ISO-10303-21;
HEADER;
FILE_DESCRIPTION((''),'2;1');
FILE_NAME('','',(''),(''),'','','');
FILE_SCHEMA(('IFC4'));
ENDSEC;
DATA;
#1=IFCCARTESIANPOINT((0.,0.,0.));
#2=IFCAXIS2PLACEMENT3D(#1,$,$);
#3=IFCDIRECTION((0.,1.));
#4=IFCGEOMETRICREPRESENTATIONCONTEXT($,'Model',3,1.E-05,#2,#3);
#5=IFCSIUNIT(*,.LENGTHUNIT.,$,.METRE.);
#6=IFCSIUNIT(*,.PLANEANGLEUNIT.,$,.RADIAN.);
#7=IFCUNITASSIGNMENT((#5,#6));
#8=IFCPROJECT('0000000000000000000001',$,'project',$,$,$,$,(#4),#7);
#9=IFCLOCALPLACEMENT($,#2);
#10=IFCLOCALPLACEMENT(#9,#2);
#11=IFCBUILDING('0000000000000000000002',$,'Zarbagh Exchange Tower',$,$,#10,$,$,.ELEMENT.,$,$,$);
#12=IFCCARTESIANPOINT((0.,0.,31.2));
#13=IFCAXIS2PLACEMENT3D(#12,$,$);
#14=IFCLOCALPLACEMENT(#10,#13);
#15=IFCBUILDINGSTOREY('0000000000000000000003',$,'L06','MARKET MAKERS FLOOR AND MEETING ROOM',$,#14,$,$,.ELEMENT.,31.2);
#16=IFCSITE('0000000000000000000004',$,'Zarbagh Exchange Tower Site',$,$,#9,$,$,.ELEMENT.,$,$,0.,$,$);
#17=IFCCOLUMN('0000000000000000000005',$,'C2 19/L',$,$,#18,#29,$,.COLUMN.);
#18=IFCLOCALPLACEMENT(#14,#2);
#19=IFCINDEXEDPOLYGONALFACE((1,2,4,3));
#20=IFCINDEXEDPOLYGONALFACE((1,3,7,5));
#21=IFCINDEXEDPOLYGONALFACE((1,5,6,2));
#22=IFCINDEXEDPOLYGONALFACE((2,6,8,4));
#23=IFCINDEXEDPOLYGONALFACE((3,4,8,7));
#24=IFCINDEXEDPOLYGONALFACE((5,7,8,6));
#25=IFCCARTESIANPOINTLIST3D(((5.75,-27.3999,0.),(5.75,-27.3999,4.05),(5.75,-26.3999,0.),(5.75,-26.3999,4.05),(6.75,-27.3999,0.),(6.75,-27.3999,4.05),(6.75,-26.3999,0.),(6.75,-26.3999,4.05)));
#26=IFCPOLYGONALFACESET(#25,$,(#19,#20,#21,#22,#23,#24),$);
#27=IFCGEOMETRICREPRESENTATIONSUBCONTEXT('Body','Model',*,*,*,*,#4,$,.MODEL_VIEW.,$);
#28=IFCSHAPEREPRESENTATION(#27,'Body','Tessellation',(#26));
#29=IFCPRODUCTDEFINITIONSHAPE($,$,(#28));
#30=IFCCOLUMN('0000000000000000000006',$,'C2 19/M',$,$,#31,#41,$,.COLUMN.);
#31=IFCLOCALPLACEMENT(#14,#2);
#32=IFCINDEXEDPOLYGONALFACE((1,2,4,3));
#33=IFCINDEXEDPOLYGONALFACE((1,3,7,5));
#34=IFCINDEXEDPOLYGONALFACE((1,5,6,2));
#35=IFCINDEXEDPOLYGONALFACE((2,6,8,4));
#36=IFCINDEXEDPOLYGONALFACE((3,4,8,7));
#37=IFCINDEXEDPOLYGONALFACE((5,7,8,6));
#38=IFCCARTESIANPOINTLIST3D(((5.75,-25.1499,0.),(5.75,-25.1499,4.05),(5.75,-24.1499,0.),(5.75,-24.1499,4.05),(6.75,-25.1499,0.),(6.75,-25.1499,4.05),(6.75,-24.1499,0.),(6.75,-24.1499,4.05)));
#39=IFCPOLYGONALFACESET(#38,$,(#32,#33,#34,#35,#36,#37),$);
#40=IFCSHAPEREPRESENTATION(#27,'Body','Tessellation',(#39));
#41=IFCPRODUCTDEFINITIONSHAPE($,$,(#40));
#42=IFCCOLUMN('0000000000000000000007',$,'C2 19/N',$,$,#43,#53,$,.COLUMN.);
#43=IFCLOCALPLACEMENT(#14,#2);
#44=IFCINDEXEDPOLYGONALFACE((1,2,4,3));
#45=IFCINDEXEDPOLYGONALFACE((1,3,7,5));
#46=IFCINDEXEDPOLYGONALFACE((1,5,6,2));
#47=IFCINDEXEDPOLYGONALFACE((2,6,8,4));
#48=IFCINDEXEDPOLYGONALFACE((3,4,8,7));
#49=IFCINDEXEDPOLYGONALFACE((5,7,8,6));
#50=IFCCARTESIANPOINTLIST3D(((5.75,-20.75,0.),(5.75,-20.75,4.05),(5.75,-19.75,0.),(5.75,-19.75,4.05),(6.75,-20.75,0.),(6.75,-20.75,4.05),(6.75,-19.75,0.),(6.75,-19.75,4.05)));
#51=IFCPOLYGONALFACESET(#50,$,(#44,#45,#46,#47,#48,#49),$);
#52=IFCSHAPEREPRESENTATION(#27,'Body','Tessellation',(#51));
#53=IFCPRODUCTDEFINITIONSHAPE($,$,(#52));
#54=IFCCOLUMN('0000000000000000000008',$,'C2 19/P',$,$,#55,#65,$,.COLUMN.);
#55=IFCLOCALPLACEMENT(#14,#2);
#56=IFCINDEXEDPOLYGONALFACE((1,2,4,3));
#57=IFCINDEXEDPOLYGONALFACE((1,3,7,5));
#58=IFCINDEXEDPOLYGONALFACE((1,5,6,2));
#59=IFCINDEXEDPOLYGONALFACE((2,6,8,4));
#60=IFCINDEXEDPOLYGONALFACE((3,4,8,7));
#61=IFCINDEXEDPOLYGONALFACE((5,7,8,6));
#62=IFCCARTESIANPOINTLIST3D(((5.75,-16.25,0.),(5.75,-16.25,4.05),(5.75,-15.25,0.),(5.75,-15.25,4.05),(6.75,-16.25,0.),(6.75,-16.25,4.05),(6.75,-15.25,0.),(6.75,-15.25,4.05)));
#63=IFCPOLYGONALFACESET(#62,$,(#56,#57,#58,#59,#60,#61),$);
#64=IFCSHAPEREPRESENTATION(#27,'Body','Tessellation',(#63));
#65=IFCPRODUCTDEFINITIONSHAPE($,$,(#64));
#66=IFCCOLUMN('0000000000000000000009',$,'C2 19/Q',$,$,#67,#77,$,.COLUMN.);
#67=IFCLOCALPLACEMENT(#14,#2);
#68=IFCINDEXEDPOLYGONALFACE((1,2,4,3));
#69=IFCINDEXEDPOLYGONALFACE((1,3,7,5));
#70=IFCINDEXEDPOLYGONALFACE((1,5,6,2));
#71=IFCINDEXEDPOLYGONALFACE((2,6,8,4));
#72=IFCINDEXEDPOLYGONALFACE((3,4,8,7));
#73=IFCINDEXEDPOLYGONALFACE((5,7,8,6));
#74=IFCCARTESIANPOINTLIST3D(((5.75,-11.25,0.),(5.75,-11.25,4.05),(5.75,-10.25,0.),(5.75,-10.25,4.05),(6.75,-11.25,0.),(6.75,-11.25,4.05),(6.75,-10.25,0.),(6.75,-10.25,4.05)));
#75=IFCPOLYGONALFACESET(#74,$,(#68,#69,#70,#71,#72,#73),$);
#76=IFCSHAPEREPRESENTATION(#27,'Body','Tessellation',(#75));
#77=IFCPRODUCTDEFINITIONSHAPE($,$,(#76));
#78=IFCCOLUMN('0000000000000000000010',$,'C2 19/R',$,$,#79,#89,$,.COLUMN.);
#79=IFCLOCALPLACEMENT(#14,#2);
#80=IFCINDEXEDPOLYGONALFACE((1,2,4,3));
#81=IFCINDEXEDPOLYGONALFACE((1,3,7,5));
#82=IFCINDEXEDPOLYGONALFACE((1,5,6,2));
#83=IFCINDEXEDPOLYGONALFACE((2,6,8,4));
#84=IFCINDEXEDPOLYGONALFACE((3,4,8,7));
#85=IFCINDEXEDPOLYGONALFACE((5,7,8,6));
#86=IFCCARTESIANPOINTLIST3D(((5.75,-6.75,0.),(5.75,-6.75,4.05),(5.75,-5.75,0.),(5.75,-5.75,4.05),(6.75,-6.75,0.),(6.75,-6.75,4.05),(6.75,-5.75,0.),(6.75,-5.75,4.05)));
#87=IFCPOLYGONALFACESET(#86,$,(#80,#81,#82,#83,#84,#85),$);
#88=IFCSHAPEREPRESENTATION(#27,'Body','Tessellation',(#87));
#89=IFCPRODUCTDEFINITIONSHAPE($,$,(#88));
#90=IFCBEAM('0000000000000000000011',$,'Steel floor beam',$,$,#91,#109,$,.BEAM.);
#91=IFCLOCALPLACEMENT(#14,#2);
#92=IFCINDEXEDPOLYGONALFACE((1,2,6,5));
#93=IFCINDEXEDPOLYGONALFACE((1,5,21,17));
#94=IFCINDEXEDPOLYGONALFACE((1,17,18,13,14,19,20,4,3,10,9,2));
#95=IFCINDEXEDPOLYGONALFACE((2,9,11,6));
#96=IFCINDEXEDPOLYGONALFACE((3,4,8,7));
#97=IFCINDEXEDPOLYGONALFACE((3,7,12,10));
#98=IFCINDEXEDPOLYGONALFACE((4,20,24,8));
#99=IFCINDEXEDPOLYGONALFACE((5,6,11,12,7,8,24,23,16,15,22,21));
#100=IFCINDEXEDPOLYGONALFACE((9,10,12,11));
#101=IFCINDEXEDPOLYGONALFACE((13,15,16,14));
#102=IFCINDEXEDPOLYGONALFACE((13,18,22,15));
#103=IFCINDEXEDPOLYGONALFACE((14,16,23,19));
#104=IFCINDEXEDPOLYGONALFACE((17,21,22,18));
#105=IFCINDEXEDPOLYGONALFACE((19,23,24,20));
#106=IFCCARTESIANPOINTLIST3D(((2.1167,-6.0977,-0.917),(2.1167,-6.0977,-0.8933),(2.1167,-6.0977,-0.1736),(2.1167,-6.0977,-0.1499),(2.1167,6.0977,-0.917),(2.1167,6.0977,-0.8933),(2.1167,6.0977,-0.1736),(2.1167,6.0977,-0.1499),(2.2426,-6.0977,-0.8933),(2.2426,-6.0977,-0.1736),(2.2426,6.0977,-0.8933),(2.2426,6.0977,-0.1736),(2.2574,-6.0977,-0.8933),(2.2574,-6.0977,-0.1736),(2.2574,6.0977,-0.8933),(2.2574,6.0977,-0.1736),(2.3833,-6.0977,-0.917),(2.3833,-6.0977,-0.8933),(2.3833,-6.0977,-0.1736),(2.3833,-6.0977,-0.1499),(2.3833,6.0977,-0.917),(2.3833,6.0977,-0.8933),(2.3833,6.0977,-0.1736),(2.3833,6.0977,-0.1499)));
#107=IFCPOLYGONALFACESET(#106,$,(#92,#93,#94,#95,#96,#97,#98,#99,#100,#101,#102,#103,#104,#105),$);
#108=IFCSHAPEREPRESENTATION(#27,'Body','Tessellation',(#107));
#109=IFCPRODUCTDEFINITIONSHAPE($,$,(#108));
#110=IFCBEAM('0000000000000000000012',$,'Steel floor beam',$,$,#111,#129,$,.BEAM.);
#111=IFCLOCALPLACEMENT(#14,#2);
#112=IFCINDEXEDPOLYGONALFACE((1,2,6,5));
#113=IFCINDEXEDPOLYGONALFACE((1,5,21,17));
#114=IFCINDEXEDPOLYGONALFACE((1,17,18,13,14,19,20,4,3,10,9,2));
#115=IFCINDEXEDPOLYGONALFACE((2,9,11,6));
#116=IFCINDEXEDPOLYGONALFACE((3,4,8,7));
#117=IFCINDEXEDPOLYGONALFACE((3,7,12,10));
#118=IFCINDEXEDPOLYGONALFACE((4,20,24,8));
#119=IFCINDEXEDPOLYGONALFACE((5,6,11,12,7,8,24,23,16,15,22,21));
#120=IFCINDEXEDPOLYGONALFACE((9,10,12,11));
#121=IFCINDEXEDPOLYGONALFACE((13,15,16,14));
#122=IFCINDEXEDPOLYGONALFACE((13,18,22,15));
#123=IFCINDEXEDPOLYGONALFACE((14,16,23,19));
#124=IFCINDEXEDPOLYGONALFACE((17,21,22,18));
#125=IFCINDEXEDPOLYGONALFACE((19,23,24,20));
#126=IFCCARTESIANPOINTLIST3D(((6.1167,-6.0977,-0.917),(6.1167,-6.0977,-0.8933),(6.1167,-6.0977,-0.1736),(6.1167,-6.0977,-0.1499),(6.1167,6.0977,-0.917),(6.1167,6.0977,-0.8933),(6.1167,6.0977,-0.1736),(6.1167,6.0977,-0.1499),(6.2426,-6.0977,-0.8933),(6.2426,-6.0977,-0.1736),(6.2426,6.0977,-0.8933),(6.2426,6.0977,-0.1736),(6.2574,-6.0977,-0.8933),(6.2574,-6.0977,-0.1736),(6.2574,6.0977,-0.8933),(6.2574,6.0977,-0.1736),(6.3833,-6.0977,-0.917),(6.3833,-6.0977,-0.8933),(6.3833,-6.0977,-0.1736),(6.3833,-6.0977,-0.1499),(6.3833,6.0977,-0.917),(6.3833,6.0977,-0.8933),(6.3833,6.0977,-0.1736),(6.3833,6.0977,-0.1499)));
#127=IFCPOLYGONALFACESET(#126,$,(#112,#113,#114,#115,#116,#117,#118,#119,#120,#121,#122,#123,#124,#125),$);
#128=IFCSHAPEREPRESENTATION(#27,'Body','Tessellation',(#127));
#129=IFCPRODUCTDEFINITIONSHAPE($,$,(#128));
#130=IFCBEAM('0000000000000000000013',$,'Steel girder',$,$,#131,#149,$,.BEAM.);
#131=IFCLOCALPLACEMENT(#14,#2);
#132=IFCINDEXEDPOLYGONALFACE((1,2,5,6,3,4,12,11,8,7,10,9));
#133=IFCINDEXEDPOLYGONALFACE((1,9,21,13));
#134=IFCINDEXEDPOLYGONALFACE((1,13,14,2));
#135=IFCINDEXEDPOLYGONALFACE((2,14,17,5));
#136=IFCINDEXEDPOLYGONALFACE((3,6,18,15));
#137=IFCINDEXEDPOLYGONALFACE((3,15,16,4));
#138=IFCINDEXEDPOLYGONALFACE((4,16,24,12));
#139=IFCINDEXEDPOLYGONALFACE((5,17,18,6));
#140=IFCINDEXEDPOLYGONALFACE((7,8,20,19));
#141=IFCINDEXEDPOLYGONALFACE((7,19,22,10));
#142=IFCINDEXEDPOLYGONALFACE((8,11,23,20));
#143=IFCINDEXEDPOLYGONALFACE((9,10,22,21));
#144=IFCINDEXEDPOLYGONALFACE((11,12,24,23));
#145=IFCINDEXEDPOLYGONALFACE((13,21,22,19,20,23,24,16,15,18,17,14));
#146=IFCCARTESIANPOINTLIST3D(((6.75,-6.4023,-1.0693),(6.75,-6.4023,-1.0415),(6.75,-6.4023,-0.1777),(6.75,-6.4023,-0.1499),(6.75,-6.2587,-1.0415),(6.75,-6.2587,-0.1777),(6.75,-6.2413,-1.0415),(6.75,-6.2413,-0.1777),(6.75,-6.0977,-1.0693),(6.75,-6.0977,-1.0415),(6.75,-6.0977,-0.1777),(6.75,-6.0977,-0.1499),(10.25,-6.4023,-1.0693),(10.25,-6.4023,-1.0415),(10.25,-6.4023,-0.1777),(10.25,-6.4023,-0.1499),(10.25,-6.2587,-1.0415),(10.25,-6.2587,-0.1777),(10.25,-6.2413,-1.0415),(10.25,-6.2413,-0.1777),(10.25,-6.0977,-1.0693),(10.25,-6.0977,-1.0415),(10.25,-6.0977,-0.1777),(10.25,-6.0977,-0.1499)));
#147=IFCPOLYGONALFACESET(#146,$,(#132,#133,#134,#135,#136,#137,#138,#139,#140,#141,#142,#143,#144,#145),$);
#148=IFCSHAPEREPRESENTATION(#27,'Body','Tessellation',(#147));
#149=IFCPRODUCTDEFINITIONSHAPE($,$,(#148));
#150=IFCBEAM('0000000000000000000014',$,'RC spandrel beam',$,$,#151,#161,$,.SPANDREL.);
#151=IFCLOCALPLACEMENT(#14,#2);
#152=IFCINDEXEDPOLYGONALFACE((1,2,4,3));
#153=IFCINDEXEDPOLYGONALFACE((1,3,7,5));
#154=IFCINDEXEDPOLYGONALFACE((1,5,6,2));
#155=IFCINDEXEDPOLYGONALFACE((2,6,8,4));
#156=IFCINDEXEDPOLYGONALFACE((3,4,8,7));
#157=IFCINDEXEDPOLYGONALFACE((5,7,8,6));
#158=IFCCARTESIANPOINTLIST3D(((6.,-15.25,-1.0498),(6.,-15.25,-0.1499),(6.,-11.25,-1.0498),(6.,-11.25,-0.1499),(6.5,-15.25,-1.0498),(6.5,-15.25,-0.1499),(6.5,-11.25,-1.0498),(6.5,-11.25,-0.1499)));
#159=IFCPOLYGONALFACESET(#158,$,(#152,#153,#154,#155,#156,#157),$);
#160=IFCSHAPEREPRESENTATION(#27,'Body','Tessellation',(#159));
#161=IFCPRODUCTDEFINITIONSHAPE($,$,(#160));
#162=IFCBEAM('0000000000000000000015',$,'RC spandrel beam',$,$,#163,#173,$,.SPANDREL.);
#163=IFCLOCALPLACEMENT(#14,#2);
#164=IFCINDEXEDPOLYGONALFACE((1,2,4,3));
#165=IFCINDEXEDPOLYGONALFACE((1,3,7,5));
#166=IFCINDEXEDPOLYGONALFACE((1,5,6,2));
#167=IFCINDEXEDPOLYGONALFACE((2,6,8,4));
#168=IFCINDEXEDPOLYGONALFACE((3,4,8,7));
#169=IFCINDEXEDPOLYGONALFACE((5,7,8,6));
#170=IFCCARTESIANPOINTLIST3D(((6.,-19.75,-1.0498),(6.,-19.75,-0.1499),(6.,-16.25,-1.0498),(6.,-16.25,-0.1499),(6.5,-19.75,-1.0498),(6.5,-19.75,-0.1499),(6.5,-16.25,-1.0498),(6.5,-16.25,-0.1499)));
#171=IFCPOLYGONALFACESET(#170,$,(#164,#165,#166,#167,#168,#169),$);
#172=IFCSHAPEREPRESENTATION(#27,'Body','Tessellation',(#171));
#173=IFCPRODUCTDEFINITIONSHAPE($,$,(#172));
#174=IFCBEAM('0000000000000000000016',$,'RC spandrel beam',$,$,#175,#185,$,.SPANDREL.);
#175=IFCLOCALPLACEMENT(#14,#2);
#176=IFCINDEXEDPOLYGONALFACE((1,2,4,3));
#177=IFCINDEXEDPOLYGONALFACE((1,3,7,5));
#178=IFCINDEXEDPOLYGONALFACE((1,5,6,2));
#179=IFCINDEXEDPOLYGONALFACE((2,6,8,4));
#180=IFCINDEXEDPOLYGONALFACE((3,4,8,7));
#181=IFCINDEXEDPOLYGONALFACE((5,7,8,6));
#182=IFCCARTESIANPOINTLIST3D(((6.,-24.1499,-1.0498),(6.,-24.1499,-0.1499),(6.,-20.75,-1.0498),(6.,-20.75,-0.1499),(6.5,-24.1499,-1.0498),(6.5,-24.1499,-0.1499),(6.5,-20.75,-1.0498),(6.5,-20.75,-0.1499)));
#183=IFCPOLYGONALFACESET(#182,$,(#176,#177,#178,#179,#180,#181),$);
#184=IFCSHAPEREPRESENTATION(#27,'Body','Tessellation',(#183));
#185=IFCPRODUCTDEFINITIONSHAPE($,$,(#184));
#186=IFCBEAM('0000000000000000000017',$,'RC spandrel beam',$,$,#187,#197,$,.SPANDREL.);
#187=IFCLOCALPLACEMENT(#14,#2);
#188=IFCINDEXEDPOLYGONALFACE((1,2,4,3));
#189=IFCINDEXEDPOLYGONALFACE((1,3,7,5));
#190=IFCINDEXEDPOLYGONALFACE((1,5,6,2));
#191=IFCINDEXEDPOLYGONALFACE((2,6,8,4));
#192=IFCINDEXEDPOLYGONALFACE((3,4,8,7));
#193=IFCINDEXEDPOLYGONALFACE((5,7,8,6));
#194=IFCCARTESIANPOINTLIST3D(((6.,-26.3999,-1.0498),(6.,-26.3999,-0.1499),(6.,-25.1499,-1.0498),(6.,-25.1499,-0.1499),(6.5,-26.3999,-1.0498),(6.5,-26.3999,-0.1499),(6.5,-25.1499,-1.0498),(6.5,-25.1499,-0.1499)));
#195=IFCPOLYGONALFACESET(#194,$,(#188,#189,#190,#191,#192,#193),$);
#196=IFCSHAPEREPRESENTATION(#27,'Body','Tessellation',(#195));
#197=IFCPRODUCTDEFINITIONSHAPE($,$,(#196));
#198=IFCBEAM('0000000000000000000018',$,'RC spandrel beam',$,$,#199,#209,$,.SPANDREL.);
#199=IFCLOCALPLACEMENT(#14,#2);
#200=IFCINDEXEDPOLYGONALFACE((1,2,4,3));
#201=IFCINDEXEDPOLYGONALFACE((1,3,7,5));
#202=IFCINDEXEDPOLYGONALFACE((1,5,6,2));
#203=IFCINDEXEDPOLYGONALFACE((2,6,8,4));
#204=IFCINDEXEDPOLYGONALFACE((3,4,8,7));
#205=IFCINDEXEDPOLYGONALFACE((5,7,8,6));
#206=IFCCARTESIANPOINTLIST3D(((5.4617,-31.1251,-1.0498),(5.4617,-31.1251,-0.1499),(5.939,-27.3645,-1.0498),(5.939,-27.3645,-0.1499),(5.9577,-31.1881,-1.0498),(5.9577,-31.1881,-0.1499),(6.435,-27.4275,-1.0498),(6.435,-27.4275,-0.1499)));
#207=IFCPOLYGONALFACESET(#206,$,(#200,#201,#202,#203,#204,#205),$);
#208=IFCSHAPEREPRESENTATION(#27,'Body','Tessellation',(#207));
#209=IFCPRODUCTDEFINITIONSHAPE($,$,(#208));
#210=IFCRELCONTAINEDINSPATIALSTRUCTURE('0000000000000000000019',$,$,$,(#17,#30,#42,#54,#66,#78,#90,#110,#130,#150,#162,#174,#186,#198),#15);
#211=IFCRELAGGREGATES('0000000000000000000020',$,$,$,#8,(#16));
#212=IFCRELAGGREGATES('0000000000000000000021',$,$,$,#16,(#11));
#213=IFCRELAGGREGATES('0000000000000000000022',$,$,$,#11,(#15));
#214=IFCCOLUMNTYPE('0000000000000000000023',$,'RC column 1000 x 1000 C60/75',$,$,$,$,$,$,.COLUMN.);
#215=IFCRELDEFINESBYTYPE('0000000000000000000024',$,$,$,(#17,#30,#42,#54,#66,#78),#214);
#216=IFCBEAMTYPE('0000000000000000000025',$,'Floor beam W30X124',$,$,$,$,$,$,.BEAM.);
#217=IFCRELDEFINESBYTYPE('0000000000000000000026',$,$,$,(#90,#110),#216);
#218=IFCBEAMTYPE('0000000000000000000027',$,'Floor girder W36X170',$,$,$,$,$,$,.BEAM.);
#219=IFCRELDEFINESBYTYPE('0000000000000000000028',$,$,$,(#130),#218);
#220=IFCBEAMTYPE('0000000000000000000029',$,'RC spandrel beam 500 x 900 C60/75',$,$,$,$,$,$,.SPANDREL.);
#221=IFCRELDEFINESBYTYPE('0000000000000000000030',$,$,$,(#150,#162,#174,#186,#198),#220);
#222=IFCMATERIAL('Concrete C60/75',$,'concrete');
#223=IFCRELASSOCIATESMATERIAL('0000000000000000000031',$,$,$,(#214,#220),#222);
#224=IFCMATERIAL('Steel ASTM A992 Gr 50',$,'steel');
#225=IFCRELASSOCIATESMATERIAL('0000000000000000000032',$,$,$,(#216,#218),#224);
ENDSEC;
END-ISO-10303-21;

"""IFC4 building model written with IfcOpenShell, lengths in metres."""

from ifc_helpers import new_model, si_unit, direction, frame, origin, origin_2d, place, context, subcontext, project, spatial, rectangle, i_section, extrude, material, material_profile, profile_set, type_object, element, save


model = new_model("IFC4")

# Units and contexts
model_context = context("Model", 3, precision=1e-05, world=origin(), true_north=direction((0.0, 1.0)))
body_context = subcontext(model_context, "Body", "Model", "MODEL_VIEW")
ifc_project = project(units=[si_unit("LENGTHUNIT", "METRE"), si_unit("PLANEANGLEUNIT", "RADIAN")], contexts=[model_context])

# Site, building, storey
site_placement = place(None, origin())
site = spatial("IfcSite", under=ifc_project, at=site_placement, Name="Zarbagh Exchange Tower Site", CompositionType="ELEMENT", RefElevation=0.0)
building_placement = place(site_placement, origin())
building = spatial("IfcBuilding", under=site, at=building_placement, Name="Zarbagh Exchange Tower", CompositionType="ELEMENT")
storey_placement = place(building_placement, frame((0.0, 0.0, 31.2)))
storey = spatial("IfcBuildingStorey", under=building, at=storey_placement, Name="L06", Description="MARKET MAKERS FLOOR AND MEETING ROOM", CompositionType="ELEMENT", Elevation=31.2)

# Columns
ifc_material_1 = material(Name="Concrete C60/75", Category="concrete")
ifc_material_profile_1 = material_profile(ifc_material_1, rectangle(XDim=1.0, YDim=1.0, at=origin_2d()), Name="RC column 1000 x 1000 C60/75")
ifc_profile_set_1 = profile_set([ifc_material_profile_1], Name="Concrete C60/75")
column_type = type_object("IfcColumnType", Name="RC column 1000 x 1000 C60/75", PredefinedType="COLUMN", material=ifc_profile_set_1)
for number, where, z_axis, x_axis, name in (
    (1, (6.25, -26.8999, 0.0), (0.0, 0.0, 1.0), (1.0, 0.0, 0.0), "C2 19/L"),
    (2, (6.25, -24.6499, 0.0), (0.0, 0.0, 1.0), (1.0, 0.0, 0.0), "C2 19/M"),
    (3, (6.25, -20.25, 0.0), (0.0, 0.0, 1.0), (1.0, 0.0, 0.0), "C2 19/N"),
    (4, (6.25, -15.75, 0.0), (0.0, 0.0, 1.0), (1.0, 0.0, 0.0), "C2 19/P"),
    (5, (6.25, -10.75, 0.0), (0.0, 0.0, 1.0), (1.0, 0.0, 0.0), "C2 19/Q"),
    (6, (6.25, -6.25, 0.0), (0.0, 0.0, 1.0), (1.0, 0.0, 0.0), "C2 19/R"),
):
    element("IfcColumn", number, at=place(storey_placement, frame(where, z_axis=z_axis, x_axis=x_axis)), inside=storey, type_object=column_type, Name=name, PredefinedType="COLUMN", context=body_context, shape_type="SweptSolid", body=[
        extrude(rectangle(XDim=1.0, YDim=1.0, at=origin_2d()), origin(), (0.0, 0.0, 1.0), 4.05),
    ])

# Beams
ifc_material_2 = material(Name="Steel ASTM A992 Gr 50", Category="steel")
ifc_material_profile_2 = material_profile(ifc_material_2, i_section(OverallWidth=0.2666, OverallDepth=0.7671, WebThickness=0.0149, FlangeThickness=0.0237, at=origin_2d()), Name="W30X124")
ifc_profile_set_2 = profile_set([ifc_material_profile_2], Name="Steel ASTM A992 Gr 50")
beam_type_1 = type_object("IfcBeamType", Name="Floor beam W30X124", PredefinedType="BEAM", material=ifc_profile_set_2)
for number, where, z_axis, x_axis, name in (
    (7, (2.25, -6.0977, -0.5334), (0.0, 1.0, 0.0), (-1.0, 0.0, 0.0), "Steel floor beam"),
    (8, (6.25, -6.0977, -0.5334), (0.0, 1.0, 0.0), (-1.0, 0.0, 0.0), "Steel floor beam"),
):
    element("IfcBeam", number, at=place(storey_placement, frame(where, z_axis=z_axis, x_axis=x_axis)), inside=storey, type_object=beam_type_1, Name=name, PredefinedType="BEAM", context=body_context, shape_type="SweptSolid", body=[
        extrude(i_section(OverallWidth=0.2666, OverallDepth=0.7671, WebThickness=0.0149, FlangeThickness=0.0237, at=origin_2d()), origin(), (0.0, 0.0, 1.0), 12.1953),
    ])
ifc_material_profile_3 = material_profile(ifc_material_2, i_section(OverallWidth=0.3047, OverallDepth=0.9194, WebThickness=0.0173, FlangeThickness=0.0278, at=origin_2d()), Name="W36X170")
ifc_profile_set_3 = profile_set([ifc_material_profile_3], Name="Steel ASTM A992 Gr 50")
beam_type_2 = type_object("IfcBeamType", Name="Floor girder W36X170", PredefinedType="BEAM", material=ifc_profile_set_3)
beam_1_placement = place(storey_placement, frame((6.75, -6.25, -0.6096), z_axis=(1.0, 0.0, 0.0), x_axis=(0.0, 1.0, 0.0)))
element("IfcBeam", 9, at=beam_1_placement, inside=storey, type_object=beam_type_2, Name="Steel girder", PredefinedType="BEAM", context=body_context, shape_type="SweptSolid", body=[
    extrude(i_section(OverallWidth=0.3047, OverallDepth=0.9194, WebThickness=0.0173, FlangeThickness=0.0278, at=origin_2d()), origin(), (0.0, 0.0, 1.0), 3.5),
])
ifc_material_profile_4 = material_profile(ifc_material_1, rectangle(XDim=0.5, YDim=0.8999, at=origin_2d()), Name="RC spandrel beam 500 x 900 C60/75")
ifc_profile_set_4 = profile_set([ifc_material_profile_4], Name="Concrete C60/75")
beam_type_3 = type_object("IfcBeamType", Name="RC spandrel beam 500 x 900 C60/75", PredefinedType="SPANDREL", material=ifc_profile_set_4)
beam_2_placement = place(storey_placement, frame((6.25, -11.25, -0.5999), z_axis=(0.0, -1.0, 0.0), x_axis=(1.0, 0.0, 0.0)))
element("IfcBeam", 10, at=beam_2_placement, inside=storey, type_object=beam_type_3, Name="RC spandrel beam", PredefinedType="SPANDREL", context=body_context, shape_type="SweptSolid", body=[
    extrude(rectangle(XDim=0.5, YDim=0.8999, at=origin_2d()), origin(), (0.0, 0.0, 1.0), 4.0),
])
beam_3_placement = place(storey_placement, frame((6.25, -16.25, -0.5999), z_axis=(0.0, -1.0, 0.0), x_axis=(1.0, 0.0, 0.0)))
element("IfcBeam", 11, at=beam_3_placement, inside=storey, type_object=beam_type_3, Name="RC spandrel beam", PredefinedType="SPANDREL", context=body_context, shape_type="SweptSolid", body=[
    extrude(rectangle(XDim=0.5, YDim=0.8999, at=origin_2d()), origin(), (0.0, 0.0, 1.0), 3.5),
])
beam_4_placement = place(storey_placement, frame((6.25, -20.75, -0.5999), z_axis=(0.0, -1.0, 0.0), x_axis=(1.0, 0.0, 0.0)))
element("IfcBeam", 12, at=beam_4_placement, inside=storey, type_object=beam_type_3, Name="RC spandrel beam", PredefinedType="SPANDREL", context=body_context, shape_type="SweptSolid", body=[
    extrude(rectangle(XDim=0.5, YDim=0.8999, at=origin_2d()), origin(), (0.0, 0.0, 1.0), 3.3999),
])
beam_5_placement = place(storey_placement, frame((6.25, -25.1499, -0.5999), z_axis=(0.0, -1.0, 0.0), x_axis=(1.0, 0.0, 0.0)))
element("IfcBeam", 13, at=beam_5_placement, inside=storey, type_object=beam_type_3, Name="RC spandrel beam", PredefinedType="SPANDREL", context=body_context, shape_type="SweptSolid", body=[
    extrude(rectangle(XDim=0.5, YDim=0.8999, at=origin_2d()), origin(), (0.0, 0.0, 1.0), 1.25),
])
beam_6_placement = place(storey_placement, frame((6.187, -27.396, -0.5999), z_axis=(-0.125913, -0.992041, 0.0), x_axis=(0.992041, -0.125913, 0.0)))
element("IfcBeam", 14, at=beam_6_placement, inside=storey, type_object=beam_type_3, Name="RC spandrel beam", PredefinedType="SPANDREL", context=body_context, shape_type="SweptSolid", body=[
    extrude(rectangle(XDim=0.5, YDim=0.8999, at=origin_2d()), origin(), (0.0, 0.0, 1.0), 3.7908),
])

save(model, "model.ifc")
